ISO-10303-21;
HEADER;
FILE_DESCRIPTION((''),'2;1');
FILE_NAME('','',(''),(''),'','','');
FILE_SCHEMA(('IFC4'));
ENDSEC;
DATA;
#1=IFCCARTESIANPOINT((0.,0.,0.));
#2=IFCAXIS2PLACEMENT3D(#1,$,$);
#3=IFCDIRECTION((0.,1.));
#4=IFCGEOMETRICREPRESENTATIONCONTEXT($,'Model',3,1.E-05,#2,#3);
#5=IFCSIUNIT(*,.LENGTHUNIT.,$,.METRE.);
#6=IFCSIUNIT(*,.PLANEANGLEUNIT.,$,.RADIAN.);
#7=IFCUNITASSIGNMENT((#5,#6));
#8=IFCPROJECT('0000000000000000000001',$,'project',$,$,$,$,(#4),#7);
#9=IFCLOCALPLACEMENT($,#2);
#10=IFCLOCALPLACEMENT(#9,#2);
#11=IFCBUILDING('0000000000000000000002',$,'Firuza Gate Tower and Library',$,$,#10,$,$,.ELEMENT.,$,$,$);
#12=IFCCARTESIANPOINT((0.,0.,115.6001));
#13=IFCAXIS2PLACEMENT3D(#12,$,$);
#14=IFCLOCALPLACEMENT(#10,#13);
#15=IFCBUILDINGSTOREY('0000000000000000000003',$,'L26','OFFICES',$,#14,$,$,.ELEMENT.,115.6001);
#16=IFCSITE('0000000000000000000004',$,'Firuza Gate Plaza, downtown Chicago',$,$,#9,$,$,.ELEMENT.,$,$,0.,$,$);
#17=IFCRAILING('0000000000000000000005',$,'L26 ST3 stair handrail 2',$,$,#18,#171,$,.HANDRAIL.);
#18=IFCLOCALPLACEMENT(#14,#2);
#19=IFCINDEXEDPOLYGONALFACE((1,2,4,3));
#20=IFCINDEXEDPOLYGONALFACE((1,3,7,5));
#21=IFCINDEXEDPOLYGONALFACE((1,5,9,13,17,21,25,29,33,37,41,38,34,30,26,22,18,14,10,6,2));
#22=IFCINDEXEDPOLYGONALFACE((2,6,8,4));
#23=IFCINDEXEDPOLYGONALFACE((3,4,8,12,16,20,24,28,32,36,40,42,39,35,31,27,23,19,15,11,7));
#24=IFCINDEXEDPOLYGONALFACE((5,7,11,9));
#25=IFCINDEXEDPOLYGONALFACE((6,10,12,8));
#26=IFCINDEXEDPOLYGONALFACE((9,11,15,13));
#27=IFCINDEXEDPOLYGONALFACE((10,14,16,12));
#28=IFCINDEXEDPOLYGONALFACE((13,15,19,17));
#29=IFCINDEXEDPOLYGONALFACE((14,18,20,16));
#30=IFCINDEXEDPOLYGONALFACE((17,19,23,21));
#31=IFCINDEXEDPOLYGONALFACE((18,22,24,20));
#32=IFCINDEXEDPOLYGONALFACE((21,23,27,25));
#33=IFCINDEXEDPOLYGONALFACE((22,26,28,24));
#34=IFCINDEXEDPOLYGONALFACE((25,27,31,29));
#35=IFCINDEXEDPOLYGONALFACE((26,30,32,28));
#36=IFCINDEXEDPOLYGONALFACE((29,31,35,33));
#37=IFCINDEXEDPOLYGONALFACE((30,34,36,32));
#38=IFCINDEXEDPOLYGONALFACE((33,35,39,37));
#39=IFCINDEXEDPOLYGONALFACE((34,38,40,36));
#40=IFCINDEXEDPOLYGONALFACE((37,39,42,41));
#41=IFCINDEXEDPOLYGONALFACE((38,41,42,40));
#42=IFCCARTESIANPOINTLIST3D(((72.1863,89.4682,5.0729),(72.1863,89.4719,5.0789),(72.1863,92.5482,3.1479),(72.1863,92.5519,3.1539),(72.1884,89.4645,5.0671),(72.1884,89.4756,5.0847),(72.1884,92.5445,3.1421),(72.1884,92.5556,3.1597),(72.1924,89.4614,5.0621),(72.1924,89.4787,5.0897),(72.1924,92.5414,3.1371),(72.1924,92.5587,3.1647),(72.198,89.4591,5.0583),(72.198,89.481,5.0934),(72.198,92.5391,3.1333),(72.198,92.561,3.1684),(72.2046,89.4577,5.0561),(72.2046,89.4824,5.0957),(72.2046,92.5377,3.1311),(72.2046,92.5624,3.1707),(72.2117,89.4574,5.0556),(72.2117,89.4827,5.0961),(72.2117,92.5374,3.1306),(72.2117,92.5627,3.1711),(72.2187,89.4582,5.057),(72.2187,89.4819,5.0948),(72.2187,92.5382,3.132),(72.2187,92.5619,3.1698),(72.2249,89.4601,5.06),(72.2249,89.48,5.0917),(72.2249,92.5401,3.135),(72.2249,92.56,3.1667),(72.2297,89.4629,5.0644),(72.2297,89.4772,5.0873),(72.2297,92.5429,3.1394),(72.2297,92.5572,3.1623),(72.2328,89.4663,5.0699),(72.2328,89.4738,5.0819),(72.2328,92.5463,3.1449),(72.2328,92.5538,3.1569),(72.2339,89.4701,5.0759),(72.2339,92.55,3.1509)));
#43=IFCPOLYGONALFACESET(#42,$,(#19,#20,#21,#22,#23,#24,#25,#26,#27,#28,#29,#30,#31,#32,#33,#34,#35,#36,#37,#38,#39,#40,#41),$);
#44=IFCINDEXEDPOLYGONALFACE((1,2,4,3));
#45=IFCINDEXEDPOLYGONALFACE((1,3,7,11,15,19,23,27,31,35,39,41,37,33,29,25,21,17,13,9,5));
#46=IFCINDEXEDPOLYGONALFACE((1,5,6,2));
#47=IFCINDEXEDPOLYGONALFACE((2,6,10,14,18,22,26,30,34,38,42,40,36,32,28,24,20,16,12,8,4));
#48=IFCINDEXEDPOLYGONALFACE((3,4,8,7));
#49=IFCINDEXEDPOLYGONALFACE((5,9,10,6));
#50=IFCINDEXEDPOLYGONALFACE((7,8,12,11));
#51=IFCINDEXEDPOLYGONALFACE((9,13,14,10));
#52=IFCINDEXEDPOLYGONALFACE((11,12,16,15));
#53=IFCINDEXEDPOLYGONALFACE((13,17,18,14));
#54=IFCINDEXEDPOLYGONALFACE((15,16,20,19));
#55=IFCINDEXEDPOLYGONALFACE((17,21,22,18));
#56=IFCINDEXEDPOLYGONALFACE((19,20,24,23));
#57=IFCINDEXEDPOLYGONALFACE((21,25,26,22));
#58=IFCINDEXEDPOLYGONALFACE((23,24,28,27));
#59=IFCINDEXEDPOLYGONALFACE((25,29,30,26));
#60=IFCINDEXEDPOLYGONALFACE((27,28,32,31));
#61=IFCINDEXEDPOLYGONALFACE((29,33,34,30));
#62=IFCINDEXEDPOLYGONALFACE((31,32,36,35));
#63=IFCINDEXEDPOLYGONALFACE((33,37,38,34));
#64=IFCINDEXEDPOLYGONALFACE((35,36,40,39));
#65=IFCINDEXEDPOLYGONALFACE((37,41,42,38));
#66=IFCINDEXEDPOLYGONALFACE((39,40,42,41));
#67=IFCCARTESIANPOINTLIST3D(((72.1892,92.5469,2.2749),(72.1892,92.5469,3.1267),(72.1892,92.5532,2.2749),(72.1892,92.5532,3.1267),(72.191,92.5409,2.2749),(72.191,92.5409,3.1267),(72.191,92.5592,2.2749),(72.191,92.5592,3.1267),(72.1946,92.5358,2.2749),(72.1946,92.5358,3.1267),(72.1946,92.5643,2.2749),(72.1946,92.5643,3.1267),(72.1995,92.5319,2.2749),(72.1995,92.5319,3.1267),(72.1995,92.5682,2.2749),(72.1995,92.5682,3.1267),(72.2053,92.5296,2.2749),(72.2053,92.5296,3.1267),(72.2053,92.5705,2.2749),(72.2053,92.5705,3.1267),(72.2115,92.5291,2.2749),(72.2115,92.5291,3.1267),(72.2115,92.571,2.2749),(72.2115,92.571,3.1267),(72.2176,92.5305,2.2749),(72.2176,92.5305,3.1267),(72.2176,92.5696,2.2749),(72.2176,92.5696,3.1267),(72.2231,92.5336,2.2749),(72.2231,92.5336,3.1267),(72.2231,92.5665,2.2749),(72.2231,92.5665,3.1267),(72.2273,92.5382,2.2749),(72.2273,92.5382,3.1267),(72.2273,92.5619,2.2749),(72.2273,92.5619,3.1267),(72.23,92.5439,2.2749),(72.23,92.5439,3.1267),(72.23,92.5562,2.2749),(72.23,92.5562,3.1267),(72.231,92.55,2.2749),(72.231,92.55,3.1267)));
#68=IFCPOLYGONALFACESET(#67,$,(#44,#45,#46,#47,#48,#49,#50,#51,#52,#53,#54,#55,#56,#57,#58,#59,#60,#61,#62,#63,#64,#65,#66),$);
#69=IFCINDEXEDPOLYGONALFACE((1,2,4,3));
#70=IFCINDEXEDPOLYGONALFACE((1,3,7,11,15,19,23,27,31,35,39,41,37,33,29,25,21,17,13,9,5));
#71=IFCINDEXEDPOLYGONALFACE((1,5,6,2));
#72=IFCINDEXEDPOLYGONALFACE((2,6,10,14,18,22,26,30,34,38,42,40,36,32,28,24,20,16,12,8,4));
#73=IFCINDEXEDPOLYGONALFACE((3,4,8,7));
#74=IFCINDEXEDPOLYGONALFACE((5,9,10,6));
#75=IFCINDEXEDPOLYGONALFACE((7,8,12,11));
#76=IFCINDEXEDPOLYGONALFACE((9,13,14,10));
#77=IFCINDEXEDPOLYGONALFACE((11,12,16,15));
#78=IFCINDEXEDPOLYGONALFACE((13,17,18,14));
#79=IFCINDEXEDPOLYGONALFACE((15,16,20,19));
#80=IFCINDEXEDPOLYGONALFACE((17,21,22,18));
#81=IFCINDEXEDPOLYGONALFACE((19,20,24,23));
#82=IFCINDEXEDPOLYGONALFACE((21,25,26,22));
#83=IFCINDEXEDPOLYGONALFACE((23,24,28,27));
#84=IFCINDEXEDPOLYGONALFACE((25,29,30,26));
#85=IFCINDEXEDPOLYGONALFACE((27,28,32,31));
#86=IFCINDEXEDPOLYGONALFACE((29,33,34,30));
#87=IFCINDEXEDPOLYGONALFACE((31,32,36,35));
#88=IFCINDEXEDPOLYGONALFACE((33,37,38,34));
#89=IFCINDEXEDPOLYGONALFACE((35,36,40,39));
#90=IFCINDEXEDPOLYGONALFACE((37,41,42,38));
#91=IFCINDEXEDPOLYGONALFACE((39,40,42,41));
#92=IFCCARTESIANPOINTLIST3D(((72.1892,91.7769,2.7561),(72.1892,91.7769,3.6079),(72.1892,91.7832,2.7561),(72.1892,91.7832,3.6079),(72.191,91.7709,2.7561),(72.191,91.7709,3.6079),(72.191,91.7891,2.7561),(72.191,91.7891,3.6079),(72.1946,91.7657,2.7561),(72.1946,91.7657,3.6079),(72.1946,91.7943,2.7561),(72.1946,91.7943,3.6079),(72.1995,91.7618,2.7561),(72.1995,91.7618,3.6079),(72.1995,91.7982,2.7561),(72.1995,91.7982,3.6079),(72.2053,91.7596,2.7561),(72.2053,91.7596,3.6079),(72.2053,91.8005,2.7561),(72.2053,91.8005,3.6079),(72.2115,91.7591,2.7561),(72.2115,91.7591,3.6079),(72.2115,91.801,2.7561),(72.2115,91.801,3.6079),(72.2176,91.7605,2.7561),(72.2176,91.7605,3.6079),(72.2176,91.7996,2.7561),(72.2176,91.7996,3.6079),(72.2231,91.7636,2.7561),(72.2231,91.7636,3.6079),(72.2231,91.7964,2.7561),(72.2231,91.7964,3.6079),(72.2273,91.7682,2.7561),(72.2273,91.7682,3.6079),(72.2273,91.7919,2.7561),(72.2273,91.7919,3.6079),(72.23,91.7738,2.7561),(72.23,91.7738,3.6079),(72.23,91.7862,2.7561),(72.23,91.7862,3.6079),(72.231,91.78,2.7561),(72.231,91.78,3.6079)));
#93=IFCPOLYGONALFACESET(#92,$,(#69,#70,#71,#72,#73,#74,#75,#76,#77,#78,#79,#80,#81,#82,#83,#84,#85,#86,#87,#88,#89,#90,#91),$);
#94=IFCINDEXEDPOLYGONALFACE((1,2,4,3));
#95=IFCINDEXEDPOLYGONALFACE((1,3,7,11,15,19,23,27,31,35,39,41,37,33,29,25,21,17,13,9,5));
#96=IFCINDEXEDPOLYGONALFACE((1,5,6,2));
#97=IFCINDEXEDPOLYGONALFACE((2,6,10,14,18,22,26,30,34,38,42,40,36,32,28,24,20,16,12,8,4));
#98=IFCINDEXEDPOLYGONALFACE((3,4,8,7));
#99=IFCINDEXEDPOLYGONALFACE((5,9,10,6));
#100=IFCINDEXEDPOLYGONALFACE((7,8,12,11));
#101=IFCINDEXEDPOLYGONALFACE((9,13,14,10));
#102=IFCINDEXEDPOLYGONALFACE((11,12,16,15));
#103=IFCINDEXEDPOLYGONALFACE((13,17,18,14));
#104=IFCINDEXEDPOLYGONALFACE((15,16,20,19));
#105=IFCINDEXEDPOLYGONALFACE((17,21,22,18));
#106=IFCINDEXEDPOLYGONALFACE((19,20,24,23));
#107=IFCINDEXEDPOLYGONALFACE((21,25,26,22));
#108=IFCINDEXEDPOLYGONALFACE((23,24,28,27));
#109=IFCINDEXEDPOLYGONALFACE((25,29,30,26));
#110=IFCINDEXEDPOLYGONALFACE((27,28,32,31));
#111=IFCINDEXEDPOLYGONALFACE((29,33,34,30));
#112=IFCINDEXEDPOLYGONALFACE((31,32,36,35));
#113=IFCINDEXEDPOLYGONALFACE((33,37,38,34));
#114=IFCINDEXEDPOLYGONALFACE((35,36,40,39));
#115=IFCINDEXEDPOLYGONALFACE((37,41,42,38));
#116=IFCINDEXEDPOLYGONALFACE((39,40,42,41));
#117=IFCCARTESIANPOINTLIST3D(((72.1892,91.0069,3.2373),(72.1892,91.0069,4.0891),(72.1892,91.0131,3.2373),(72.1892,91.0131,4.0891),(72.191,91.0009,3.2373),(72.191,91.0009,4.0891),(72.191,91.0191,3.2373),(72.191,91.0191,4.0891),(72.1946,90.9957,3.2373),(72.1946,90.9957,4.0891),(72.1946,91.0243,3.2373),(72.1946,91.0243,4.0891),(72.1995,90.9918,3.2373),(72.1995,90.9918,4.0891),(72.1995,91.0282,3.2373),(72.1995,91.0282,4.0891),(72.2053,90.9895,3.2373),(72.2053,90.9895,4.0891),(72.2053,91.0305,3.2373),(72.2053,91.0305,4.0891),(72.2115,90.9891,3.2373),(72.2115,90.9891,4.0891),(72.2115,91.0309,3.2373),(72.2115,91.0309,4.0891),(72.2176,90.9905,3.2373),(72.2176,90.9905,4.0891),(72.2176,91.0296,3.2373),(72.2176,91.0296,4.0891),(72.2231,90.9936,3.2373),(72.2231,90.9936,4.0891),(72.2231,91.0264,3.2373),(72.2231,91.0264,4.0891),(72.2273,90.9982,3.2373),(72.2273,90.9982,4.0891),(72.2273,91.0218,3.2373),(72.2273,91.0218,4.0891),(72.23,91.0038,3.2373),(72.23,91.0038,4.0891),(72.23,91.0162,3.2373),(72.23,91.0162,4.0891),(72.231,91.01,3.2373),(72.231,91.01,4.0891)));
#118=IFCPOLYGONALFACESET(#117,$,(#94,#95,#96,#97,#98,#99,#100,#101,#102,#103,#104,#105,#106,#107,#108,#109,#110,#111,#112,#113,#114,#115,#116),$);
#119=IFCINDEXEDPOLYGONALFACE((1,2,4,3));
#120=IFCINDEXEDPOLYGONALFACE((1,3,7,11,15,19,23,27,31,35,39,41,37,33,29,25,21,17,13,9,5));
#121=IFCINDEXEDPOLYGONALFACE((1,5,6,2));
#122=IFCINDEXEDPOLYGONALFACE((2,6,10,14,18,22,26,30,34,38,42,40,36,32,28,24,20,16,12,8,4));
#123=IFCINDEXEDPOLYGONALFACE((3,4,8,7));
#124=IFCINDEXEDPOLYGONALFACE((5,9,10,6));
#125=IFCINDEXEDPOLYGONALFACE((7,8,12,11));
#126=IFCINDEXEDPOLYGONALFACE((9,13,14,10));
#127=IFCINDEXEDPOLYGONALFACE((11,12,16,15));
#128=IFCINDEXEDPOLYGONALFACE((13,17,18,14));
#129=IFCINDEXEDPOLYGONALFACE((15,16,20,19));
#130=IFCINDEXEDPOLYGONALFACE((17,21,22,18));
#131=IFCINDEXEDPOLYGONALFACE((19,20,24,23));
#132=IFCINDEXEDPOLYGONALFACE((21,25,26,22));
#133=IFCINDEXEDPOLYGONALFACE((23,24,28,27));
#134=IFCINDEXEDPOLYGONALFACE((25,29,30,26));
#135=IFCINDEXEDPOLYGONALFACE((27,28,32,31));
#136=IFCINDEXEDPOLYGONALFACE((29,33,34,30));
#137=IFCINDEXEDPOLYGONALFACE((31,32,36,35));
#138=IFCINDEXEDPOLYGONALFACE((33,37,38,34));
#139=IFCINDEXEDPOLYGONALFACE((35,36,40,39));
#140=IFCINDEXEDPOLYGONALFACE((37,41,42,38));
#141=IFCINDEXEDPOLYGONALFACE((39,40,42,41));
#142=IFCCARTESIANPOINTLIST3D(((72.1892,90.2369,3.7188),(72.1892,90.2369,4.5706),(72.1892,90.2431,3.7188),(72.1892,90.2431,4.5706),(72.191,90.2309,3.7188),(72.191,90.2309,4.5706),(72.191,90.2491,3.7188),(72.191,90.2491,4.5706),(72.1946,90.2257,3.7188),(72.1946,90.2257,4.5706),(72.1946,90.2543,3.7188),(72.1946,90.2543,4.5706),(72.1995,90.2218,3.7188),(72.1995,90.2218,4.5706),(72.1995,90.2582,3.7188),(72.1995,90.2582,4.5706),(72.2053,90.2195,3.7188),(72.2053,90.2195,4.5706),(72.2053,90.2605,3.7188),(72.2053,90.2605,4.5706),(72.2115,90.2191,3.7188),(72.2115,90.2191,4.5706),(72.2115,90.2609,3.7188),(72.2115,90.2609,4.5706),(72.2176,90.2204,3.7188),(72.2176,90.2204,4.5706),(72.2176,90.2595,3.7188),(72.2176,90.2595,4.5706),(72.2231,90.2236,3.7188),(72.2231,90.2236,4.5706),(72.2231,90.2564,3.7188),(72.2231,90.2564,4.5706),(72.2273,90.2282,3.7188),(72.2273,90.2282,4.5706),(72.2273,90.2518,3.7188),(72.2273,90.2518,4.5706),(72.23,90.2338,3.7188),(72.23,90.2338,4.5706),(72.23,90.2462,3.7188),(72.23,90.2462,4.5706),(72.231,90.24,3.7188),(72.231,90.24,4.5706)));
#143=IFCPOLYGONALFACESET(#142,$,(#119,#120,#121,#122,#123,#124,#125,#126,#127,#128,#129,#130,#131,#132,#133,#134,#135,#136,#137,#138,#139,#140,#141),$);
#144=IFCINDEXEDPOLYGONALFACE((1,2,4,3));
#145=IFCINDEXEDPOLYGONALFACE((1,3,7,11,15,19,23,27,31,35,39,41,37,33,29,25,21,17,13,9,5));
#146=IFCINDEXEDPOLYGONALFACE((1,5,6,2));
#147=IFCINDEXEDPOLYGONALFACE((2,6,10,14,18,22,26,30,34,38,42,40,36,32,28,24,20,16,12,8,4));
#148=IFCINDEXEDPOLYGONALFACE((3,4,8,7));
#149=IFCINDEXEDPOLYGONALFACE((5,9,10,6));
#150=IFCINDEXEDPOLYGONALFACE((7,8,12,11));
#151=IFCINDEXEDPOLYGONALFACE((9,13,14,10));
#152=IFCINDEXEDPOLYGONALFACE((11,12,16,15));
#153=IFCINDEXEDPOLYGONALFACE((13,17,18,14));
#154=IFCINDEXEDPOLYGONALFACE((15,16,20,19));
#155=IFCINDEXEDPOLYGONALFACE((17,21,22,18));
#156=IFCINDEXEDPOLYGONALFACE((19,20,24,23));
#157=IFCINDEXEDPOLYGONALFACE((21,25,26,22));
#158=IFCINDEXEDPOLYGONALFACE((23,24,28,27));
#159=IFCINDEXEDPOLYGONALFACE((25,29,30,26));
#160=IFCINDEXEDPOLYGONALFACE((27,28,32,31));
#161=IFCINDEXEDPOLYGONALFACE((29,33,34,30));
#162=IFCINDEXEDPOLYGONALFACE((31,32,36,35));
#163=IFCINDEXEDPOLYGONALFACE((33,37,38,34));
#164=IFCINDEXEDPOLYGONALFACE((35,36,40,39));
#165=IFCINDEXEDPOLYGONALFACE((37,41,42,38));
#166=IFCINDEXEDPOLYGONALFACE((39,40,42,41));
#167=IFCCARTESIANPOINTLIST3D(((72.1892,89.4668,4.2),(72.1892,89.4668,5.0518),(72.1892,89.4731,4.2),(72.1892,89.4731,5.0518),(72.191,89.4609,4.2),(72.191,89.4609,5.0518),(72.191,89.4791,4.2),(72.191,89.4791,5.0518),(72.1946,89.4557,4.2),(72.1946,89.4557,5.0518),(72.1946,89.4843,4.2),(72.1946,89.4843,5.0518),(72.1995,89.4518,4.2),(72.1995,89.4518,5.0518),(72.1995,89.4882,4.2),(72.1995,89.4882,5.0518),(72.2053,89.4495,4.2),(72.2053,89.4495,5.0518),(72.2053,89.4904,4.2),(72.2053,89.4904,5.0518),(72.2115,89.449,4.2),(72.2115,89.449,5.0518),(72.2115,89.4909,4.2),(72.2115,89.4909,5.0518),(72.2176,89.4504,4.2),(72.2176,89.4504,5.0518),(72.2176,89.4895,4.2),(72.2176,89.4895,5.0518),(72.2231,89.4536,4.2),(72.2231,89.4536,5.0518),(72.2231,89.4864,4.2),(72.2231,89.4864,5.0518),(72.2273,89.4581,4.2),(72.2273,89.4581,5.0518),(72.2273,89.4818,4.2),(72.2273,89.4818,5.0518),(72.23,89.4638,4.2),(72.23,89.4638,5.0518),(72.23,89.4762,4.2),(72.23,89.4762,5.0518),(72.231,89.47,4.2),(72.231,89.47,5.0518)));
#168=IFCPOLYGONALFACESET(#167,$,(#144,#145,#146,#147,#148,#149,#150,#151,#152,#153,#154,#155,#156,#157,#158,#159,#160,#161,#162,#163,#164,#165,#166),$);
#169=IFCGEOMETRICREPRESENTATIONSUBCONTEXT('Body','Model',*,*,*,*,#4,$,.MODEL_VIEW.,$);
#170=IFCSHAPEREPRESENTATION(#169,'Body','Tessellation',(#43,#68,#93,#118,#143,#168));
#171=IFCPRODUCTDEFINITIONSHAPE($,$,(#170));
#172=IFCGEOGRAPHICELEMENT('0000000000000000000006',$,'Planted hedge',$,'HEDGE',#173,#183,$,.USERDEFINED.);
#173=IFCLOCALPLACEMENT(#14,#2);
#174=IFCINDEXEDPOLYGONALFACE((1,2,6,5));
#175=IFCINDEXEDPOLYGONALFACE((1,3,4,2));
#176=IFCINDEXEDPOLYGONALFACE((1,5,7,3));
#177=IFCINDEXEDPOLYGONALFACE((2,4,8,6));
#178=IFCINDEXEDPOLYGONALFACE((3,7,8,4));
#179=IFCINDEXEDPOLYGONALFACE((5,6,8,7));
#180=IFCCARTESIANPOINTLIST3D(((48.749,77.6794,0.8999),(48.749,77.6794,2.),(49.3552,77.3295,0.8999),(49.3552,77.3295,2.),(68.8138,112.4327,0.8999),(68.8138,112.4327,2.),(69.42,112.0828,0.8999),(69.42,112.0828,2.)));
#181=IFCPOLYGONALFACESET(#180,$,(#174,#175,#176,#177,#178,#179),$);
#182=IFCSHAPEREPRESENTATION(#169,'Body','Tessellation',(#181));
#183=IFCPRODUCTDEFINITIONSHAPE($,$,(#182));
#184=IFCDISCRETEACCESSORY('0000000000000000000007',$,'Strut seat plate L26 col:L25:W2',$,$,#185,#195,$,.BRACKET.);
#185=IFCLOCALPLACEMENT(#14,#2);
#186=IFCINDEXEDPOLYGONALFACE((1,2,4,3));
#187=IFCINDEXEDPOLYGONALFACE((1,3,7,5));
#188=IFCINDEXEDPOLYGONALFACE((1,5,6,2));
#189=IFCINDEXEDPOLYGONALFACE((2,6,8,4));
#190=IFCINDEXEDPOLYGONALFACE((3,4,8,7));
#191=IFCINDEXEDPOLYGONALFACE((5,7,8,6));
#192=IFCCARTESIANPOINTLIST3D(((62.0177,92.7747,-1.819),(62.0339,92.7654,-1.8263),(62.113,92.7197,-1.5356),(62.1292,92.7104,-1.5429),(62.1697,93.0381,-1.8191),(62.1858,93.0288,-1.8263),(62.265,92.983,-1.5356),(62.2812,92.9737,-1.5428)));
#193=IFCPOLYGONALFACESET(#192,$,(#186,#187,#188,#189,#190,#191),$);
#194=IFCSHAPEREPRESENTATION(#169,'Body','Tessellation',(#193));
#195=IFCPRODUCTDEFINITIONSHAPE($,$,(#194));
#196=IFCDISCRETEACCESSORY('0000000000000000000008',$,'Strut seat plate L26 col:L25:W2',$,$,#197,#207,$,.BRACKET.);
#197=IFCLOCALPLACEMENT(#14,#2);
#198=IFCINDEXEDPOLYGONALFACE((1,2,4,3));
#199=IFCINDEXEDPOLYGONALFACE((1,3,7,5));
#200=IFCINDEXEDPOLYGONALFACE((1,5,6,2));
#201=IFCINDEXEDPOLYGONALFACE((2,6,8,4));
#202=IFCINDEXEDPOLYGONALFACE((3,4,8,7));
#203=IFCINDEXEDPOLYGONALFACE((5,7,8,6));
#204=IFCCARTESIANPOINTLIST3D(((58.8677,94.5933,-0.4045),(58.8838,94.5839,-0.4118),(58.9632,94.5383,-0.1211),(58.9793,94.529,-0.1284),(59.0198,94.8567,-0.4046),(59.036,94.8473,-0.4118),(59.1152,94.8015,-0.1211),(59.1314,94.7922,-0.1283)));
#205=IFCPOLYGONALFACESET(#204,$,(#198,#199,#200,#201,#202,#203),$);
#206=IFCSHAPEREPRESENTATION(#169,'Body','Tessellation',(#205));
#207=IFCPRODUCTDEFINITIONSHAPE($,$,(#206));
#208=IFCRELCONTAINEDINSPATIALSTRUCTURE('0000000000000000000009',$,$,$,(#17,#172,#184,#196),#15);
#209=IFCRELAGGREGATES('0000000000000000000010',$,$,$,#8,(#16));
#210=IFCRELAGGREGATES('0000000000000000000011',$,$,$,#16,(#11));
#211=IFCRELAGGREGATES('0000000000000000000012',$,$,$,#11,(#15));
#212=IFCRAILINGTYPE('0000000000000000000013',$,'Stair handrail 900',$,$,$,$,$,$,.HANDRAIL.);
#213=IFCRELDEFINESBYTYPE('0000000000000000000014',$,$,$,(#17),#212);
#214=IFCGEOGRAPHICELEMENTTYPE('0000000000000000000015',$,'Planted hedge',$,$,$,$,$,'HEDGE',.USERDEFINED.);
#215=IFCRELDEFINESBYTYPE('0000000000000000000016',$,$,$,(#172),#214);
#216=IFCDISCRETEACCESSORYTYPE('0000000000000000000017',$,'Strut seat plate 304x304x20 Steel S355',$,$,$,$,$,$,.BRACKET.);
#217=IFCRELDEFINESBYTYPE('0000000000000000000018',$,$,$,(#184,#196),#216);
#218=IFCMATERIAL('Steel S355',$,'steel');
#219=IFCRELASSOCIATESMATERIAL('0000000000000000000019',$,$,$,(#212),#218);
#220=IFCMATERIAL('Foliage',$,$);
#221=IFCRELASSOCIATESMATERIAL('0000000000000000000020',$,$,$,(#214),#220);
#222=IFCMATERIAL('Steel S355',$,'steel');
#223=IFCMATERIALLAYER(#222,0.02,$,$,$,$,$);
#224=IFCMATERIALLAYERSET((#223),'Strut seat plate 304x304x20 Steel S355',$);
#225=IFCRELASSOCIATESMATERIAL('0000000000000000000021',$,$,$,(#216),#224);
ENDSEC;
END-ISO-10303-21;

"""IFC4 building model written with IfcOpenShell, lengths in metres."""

from ifc_helpers import new_model, si_unit, direction, frame, origin, origin_2d, place, context, subcontext, project, spatial, polyline, rectangle, circle, outline, extrude, material, layer, layer_set, type_object, element, save


model = new_model("IFC4")

# Units and contexts
model_context = context("Model", 3, precision=1e-05, world=origin(), true_north=direction((0.0, 1.0)))
body_context = subcontext(model_context, "Body", "Model", "MODEL_VIEW")
ifc_project = project(units=[si_unit("LENGTHUNIT", "METRE"), si_unit("PLANEANGLEUNIT", "RADIAN")], contexts=[model_context])

# Site, building, storey
site_placement = place(None, origin())
site = spatial("IfcSite", under=ifc_project, at=site_placement, Name="Firuza Gate Plaza, downtown Chicago", CompositionType="ELEMENT", RefElevation=0.0)
building_placement = place(site_placement, origin())
building = spatial("IfcBuilding", under=site, at=building_placement, Name="Firuza Gate Tower and Library", CompositionType="ELEMENT")
storey_placement = place(building_placement, frame((0.0, 0.0, 115.6001)))
storey = spatial("IfcBuildingStorey", under=building, at=storey_placement, Name="L26", Description="OFFICES", CompositionType="ELEMENT", Elevation=115.6001)

# Railing
ifc_material_1 = material(Name="Steel S355", Category="steel")
railing_type = type_object("IfcRailingType", Name="Stair handrail 900", PredefinedType="HANDRAIL", material=ifc_material_1)
railing_placement = place(storey_placement, frame((72.21, 92.55, 2.2749)))
element("IfcRailing", 1, at=railing_placement, inside=storey, type_object=railing_type, Name="L26 ST3 stair handrail 2", PredefinedType="HANDRAIL", context=body_context, shape_type="SweptSolid", body=[
    extrude(circle(Radius=0.0239, at=origin_2d()), frame((0.0, 0.0, 0.876), z_axis=(0.0, -0.847998, 0.529999), x_axis=(1.0, 0.0, 0.0)), (0.0, 0.0, 1.0), 3.6321),
    extrude(circle(Radius=0.021, at=origin_2d()), origin(), (0.0, 0.0, 1.0), 0.8518),
    extrude(circle(Radius=0.021, at=origin_2d()), frame((0.0, -0.77, 0.4812)), (0.0, 0.0, 1.0), 0.8518),
    extrude(circle(Radius=0.021, at=origin_2d()), frame((0.0, -1.54, 0.9624)), (0.0, 0.0, 1.0), 0.8518),
    extrude(circle(Radius=0.021, at=origin_2d()), frame((0.0, -2.3101, 1.4438)), (0.0, 0.0, 1.0), 0.8518),
    extrude(circle(Radius=0.021, at=origin_2d()), frame((0.0, -3.0801, 1.925)), (0.0, 0.0, 1.0), 0.8518),
])

# Geographic element
ifc_material_2 = material(Name="Foliage")
geographic_element_type = type_object("IfcGeographicElementType", Name="Planted hedge", ElementType="HEDGE", PredefinedType="USERDEFINED", material=ifc_material_2)
geographic_element_placement = place(storey_placement, frame((59.0845, 94.8811, 0.8999), z_axis=(0.0, 0.0, 1.0), x_axis=(-0.5, -0.866025, 0.0)))
element("IfcGeographicElement", 2, at=geographic_element_placement, inside=storey, type_object=geographic_element_type, Name="Planted hedge", ObjectType="HEDGE", PredefinedType="USERDEFINED", context=body_context, shape_type="SweptSolid", body=[
    extrude(rectangle(XDim=40.1296, YDim=0.7, at=origin_2d()), origin(), (0.0, 0.0, 1.0), 1.1001),
])

# Discrete accessories
ifc_material_3 = material(Name="Steel S355", Category="steel")
ifc_layer_1 = layer(ifc_material_3, 0.02)
ifc_layer_set_1 = layer_set([ifc_layer_1], Name="Strut seat plate 304x304x20 Steel S355")
discrete_accessory_type = type_object("IfcDiscreteAccessoryType", Name="Strut seat plate 304x304x20 Steel S355", PredefinedType="BRACKET", material=ifc_layer_set_1)
discrete_accessory_1_placement = place(storey_placement, frame((62.113, 92.7197, -1.5356), z_axis=(-0.807329, 0.465982, 0.362051), x_axis=(0.499959, 0.866049, 0.000185)))
element("IfcDiscreteAccessory", 3, at=discrete_accessory_1_placement, inside=storey, type_object=discrete_accessory_type, Name="Strut seat plate L26 col:L25:W2", PredefinedType="BRACKET", context=body_context, shape_type="SweptSolid", body=[
    extrude(outline(polyline([(0.0, 0.0), (0.304, 0.0), (0.304, 0.3041), (-0.0001, 0.304), (0.0, 0.0)])), origin(), (0.0, 0.0, -1.0), 0.02),
])
discrete_accessory_2_placement = place(storey_placement, frame((59.1152, 94.8015, -0.1211), z_axis=(-0.807065, 0.466204, 0.362353), x_axis=(-0.50022, -0.865898, -0.000068)))
element("IfcDiscreteAccessory", 4, at=discrete_accessory_2_placement, inside=storey, type_object=discrete_accessory_type, Name="Strut seat plate L26 col:L25:W2", PredefinedType="BRACKET", context=body_context, shape_type="SweptSolid", body=[
    extrude(outline(polyline([(0.0, 0.0), (0.304, 0.0), (0.3042, -0.3041), (0.0, -0.3041), (0.0, 0.0)])), origin(), (0.0, 0.0, -1.0), 0.02),
])

save(model, "model.ifc")
